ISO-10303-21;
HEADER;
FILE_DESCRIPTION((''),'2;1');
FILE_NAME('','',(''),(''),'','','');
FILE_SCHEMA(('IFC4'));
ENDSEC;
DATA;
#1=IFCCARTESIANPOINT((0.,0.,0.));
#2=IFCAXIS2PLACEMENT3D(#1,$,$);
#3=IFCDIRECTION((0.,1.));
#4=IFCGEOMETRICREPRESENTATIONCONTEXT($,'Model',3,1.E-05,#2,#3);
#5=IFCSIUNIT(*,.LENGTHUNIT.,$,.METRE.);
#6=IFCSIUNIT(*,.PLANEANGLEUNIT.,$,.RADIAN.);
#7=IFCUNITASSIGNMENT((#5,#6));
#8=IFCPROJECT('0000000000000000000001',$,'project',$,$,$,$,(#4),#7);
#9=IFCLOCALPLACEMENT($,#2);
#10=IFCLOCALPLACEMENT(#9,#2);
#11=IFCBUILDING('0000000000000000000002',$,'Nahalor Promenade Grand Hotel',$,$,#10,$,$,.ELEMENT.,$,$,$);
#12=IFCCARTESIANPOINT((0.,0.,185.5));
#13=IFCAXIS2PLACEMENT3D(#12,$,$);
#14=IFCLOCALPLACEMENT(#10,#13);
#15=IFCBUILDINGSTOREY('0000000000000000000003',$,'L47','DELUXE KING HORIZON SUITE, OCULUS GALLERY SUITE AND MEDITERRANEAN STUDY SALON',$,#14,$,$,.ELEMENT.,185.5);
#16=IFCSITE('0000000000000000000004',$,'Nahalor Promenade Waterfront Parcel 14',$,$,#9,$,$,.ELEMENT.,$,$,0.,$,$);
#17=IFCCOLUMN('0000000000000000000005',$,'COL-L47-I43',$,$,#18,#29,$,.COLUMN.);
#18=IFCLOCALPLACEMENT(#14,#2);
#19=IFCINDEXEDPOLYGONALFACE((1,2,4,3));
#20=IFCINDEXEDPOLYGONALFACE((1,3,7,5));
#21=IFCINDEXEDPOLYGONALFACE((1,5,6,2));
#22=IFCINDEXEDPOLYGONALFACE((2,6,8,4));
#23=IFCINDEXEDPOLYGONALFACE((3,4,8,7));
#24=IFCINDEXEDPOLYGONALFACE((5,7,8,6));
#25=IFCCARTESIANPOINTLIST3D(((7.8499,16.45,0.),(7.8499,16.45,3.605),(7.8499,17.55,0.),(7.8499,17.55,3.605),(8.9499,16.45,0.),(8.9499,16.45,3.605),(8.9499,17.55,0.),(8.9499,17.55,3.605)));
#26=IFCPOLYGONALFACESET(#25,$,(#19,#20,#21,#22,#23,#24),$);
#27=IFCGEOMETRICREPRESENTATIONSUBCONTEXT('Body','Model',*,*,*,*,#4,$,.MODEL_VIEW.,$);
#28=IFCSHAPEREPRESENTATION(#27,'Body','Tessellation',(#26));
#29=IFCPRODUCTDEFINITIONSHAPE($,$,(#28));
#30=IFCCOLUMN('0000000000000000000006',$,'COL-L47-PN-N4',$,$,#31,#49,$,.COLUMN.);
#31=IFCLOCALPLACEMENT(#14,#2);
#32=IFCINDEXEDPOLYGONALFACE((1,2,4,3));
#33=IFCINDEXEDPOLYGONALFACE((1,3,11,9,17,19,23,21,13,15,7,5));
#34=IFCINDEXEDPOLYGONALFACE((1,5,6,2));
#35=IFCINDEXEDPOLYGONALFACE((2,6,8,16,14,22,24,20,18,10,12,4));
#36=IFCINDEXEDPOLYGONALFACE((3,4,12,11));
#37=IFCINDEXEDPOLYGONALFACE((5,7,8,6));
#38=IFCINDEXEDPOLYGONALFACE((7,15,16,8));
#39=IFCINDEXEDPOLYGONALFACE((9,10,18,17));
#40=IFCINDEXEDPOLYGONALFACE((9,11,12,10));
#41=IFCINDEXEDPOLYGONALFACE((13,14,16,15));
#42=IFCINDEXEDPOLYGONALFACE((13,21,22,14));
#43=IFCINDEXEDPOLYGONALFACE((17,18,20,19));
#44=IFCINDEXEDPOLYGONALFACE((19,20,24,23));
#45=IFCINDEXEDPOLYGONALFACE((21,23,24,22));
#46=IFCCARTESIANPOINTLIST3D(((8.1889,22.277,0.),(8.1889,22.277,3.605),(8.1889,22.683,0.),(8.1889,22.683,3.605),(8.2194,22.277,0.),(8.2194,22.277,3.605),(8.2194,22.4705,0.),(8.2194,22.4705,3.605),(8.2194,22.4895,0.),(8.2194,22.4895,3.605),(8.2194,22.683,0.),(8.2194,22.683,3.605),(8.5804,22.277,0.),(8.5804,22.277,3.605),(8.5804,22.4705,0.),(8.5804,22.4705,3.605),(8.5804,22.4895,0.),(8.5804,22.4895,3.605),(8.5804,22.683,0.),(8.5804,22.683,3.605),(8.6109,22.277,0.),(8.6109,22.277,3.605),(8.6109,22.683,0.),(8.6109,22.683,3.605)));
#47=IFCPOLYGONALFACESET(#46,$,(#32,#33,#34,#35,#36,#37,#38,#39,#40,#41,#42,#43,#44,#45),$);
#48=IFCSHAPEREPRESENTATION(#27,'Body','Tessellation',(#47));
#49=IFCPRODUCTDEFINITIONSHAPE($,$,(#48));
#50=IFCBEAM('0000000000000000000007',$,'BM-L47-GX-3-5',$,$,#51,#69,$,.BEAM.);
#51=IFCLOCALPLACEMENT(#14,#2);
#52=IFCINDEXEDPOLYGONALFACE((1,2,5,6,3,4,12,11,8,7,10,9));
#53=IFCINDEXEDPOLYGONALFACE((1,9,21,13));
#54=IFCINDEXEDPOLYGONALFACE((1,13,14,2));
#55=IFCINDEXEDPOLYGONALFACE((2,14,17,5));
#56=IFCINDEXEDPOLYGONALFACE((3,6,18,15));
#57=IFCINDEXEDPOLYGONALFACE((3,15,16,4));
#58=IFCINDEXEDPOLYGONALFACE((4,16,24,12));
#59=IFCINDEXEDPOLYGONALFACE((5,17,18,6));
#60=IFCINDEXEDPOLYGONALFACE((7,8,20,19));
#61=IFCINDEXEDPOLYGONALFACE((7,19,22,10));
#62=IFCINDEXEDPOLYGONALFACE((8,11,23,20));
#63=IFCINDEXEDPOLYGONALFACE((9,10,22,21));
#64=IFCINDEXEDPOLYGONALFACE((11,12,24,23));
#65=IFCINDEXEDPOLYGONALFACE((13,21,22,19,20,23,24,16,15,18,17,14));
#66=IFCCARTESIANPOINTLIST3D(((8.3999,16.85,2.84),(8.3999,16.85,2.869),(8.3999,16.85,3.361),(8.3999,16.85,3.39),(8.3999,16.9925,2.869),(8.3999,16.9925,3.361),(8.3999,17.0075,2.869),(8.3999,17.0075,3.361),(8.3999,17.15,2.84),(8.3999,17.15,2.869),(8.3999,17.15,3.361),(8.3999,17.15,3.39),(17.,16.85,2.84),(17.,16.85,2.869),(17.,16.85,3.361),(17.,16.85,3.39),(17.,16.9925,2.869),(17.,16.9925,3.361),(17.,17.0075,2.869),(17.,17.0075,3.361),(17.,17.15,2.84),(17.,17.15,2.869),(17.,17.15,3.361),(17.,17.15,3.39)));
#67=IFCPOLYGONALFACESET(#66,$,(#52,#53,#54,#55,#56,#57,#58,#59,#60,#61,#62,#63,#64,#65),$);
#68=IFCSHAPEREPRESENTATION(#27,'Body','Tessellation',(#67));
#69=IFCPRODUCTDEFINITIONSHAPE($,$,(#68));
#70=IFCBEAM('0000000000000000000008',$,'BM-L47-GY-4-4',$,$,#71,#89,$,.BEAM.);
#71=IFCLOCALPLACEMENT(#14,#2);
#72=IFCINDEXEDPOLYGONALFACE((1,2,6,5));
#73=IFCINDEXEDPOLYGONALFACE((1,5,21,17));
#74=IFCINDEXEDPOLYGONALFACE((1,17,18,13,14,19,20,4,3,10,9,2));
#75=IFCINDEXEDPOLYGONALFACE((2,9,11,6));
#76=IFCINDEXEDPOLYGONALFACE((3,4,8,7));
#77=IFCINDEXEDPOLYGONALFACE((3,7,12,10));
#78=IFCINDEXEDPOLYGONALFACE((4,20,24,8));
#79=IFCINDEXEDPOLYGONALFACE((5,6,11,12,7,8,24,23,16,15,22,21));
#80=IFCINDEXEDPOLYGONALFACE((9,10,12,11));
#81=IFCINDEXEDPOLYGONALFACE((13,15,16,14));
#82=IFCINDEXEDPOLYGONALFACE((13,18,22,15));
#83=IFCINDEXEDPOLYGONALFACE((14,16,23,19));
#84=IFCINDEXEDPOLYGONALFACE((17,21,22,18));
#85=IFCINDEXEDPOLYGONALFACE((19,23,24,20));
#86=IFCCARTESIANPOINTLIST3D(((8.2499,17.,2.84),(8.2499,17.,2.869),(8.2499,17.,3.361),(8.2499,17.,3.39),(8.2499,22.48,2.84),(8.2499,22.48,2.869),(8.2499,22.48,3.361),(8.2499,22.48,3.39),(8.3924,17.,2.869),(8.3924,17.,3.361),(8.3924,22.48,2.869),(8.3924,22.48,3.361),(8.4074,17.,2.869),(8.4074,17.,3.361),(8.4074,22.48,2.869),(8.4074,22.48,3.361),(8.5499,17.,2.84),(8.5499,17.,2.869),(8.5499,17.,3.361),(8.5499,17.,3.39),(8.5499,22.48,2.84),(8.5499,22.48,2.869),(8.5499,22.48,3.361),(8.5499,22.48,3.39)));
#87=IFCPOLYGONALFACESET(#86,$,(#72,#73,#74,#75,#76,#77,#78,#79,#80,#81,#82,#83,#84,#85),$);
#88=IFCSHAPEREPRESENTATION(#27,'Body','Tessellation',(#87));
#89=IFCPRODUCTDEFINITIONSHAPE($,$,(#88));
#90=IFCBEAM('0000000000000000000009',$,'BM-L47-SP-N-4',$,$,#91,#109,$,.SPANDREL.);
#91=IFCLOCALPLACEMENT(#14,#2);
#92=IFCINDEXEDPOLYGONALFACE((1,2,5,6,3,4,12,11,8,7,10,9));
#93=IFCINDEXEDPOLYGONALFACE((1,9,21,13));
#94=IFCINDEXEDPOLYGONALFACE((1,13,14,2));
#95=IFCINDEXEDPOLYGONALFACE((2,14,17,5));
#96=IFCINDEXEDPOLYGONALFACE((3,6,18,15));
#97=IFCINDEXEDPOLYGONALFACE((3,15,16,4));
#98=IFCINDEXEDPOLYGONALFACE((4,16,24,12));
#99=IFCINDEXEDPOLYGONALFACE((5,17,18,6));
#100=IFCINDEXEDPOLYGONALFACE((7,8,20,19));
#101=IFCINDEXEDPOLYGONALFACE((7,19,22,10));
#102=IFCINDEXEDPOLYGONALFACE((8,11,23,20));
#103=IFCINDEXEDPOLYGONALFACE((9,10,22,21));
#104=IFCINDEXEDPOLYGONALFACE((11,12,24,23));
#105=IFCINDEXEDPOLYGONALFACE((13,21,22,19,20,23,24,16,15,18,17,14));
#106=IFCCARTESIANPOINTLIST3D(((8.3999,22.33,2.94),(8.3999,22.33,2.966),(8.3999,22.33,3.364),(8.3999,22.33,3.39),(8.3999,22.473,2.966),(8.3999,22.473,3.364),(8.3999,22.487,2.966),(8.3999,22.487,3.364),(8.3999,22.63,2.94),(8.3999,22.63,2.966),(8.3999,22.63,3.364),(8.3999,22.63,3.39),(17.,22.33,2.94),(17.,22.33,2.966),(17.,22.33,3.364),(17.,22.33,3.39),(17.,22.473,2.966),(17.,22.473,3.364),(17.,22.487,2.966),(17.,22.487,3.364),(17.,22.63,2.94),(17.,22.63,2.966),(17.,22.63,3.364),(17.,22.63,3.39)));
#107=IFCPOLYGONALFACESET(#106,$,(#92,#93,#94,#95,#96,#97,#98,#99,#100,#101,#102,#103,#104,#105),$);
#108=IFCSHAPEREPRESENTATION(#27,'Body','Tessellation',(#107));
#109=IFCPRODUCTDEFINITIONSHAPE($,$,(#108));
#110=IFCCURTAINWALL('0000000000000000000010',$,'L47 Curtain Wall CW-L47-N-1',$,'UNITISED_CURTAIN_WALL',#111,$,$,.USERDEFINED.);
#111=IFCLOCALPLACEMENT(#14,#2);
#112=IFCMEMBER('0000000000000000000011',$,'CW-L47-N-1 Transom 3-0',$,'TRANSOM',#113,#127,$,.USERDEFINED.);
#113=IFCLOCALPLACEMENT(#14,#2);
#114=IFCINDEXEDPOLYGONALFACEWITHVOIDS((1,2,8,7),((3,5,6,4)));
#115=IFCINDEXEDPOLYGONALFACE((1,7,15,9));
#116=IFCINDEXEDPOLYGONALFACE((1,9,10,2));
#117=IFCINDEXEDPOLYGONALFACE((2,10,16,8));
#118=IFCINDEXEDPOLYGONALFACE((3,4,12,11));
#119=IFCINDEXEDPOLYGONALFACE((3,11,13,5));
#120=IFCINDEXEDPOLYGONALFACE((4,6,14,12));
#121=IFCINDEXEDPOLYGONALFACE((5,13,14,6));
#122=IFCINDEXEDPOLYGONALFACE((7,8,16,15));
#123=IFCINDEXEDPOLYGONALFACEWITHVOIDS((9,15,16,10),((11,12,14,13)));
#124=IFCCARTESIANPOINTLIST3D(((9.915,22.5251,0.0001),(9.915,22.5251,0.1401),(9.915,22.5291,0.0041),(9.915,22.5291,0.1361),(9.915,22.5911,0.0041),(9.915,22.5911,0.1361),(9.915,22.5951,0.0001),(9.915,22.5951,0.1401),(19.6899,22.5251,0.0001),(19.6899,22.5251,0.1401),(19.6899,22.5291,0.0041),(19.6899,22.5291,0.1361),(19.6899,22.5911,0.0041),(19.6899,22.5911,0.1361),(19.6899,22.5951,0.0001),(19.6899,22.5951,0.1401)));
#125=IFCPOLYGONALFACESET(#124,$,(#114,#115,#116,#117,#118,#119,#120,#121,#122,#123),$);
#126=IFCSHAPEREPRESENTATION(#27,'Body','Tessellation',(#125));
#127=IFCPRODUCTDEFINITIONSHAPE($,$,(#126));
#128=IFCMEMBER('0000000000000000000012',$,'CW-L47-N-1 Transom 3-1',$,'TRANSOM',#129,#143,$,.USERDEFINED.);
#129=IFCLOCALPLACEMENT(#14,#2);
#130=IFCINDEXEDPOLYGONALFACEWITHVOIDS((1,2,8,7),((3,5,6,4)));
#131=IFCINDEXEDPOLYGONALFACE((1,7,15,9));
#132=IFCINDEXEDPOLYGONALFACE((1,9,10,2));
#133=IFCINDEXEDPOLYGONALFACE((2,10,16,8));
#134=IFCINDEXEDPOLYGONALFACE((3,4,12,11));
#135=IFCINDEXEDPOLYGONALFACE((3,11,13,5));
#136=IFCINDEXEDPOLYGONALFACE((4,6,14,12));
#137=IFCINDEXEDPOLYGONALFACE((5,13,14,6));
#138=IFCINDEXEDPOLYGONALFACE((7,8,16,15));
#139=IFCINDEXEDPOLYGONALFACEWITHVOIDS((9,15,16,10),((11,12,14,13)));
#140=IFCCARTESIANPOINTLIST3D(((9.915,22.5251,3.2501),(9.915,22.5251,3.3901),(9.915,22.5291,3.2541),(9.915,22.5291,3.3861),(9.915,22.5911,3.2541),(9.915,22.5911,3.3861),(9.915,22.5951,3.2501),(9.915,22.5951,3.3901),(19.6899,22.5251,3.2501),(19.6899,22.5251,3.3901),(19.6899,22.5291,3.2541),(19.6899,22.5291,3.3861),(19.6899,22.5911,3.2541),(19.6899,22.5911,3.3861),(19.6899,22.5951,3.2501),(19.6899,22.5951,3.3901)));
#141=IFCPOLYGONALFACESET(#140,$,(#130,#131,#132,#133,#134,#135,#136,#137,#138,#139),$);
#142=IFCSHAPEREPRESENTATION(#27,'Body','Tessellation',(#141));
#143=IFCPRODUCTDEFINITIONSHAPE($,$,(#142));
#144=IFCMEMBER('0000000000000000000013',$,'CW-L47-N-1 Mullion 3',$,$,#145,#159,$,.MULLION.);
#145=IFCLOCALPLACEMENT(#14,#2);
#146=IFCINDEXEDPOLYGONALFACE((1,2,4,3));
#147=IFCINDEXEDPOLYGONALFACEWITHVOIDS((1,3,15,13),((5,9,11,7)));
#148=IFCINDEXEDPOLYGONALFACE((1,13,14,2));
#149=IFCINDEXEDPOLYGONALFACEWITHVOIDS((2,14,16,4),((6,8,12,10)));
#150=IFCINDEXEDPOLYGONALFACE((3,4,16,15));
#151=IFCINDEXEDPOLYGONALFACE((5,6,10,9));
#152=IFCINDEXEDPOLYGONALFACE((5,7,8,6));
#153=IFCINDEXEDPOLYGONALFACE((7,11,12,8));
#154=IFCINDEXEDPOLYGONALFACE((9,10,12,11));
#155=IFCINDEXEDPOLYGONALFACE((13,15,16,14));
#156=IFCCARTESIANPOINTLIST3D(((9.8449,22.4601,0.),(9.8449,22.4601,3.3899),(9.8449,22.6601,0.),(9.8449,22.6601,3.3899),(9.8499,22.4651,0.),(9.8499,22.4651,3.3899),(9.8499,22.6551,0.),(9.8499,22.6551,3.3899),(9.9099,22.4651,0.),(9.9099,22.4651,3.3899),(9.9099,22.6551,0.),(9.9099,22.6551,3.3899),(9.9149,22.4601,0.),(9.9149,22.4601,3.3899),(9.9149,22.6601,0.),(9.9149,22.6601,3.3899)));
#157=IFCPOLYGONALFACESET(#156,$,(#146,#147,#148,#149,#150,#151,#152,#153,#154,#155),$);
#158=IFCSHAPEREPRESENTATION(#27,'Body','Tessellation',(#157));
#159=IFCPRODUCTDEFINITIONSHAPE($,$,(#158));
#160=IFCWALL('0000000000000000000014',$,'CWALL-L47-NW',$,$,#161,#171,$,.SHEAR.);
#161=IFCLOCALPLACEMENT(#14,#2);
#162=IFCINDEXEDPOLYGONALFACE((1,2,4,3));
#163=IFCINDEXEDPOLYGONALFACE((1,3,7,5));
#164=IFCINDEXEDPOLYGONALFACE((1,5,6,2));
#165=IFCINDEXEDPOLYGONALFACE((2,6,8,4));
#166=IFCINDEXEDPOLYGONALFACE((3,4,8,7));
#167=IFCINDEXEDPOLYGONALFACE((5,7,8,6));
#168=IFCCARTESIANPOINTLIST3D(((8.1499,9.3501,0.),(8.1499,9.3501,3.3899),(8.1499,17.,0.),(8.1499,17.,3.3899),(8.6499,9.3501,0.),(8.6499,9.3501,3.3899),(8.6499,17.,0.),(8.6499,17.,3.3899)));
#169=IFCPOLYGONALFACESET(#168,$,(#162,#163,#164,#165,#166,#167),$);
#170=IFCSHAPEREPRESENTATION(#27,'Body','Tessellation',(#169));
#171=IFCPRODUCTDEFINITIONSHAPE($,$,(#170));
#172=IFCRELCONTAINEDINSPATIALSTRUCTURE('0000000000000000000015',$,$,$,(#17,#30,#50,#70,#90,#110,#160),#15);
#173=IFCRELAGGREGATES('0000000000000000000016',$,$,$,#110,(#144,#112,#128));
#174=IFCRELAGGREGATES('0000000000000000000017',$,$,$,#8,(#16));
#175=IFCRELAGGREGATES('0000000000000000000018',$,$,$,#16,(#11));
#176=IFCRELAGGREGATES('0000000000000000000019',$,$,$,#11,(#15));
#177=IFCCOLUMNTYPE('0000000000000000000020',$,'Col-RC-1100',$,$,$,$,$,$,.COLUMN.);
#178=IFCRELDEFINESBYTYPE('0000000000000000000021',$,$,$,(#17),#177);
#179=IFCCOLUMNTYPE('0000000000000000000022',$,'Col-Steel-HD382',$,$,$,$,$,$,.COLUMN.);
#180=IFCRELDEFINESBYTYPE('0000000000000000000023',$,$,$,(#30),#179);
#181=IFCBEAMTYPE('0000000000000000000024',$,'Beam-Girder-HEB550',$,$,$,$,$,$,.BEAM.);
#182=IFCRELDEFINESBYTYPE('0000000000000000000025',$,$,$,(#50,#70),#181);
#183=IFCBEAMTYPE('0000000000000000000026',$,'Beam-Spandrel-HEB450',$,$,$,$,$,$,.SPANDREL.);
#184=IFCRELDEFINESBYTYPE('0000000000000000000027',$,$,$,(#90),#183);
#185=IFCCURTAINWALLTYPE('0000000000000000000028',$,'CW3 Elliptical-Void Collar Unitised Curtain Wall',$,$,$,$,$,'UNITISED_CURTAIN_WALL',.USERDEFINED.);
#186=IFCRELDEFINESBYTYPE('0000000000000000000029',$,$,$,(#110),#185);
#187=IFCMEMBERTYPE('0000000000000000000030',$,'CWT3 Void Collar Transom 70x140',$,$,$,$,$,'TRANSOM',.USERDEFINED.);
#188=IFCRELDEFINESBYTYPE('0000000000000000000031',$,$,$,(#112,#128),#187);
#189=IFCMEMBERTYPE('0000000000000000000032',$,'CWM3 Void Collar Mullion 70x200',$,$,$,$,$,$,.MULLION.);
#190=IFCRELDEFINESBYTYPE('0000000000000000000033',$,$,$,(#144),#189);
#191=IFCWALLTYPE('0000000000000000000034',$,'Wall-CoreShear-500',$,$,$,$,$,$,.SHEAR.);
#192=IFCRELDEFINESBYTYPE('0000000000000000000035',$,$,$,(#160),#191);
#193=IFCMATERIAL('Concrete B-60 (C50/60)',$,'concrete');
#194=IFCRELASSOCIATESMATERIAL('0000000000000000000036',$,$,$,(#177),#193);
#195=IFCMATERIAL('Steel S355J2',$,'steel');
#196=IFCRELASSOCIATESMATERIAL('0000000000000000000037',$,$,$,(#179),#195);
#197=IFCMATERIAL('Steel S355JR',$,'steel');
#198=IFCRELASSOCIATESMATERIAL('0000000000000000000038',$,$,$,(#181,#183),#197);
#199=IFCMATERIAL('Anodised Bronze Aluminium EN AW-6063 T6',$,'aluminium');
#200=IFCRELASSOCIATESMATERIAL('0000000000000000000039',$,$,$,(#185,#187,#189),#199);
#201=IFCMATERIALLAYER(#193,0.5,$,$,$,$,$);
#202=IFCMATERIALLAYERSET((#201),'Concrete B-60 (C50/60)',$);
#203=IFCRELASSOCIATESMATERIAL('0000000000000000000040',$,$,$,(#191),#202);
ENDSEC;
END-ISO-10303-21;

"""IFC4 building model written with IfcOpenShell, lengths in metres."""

from ifc_helpers import new_model, si_unit, direction, frame, frame_2d, origin, origin_2d, place, context, subcontext, project, spatial, rectangle, hollow_rectangle, i_section, extrude, source, transform, mapped, material, layer, layer_set, material_profile, profile_set, type_object, element, aggregate, save


model = new_model("IFC4")

# Units and contexts
model_context = context("Model", 3, precision=1e-05, world=origin(), true_north=direction((0.0, 1.0)))
body_context = subcontext(model_context, "Body", "Model", "MODEL_VIEW")
ifc_project = project(units=[si_unit("LENGTHUNIT", "METRE"), si_unit("PLANEANGLEUNIT", "RADIAN")], contexts=[model_context])

# Site, building, storey
site_placement = place(None, origin())
site = spatial("IfcSite", under=ifc_project, at=site_placement, Name="Nahalor Promenade Waterfront Parcel 14", CompositionType="ELEMENT", RefElevation=0.0)
building_placement = place(site_placement, origin())
building = spatial("IfcBuilding", under=site, at=building_placement, Name="Nahalor Promenade Grand Hotel", CompositionType="ELEMENT")
storey_placement = place(building_placement, frame((0.0, 0.0, 185.5)))
storey = spatial("IfcBuildingStorey", under=building, at=storey_placement, Name="L47", Description="DELUXE KING HORIZON SUITE, OCULUS GALLERY SUITE AND MEDITERRANEAN STUDY SALON", CompositionType="ELEMENT", Elevation=185.5)

# Columns
ifc_material_1 = material(Name="Concrete B-60 (C50/60)", Category="concrete")
ifc_material_profile_1 = material_profile(ifc_material_1, rectangle(XDim=1.1, YDim=1.1, at=origin_2d()), Name="RC 1100x1100")
ifc_profile_set_1 = profile_set([ifc_material_profile_1], Name="Concrete B-60 (C50/60)")
column_type_1 = type_object("IfcColumnType", Name="Col-RC-1100", PredefinedType="COLUMN", material=ifc_profile_set_1)
shared_shape_1 = source(origin(), body_context, "Body", "SweptSolid", [
    extrude(rectangle(XDim=1.1, YDim=1.1, at=origin_2d()), origin(), (0.0, 0.0, 1.0), 3.605),
])
column_1_placement = place(storey_placement, frame((8.3999, 17.0, 0.0), z_axis=(0.0, 0.0, 1.0), x_axis=(1.0, 0.0, 0.0)))
element("IfcColumn", 1, at=column_1_placement, inside=storey, type_object=column_type_1, Name="COL-L47-I43", PredefinedType="COLUMN", context=body_context, shape_type="MappedRepresentation", body=[
    mapped(shared_shape_1, transform((0.0, 0.0, 0.0), scale=1.0)),
])
ifc_material_2 = material(Name="Steel S355J2", Category="steel")
ifc_material_profile_2 = material_profile(ifc_material_2, i_section(OverallWidth=0.406, OverallDepth=0.422, WebThickness=0.019, FlangeThickness=0.0305, at=origin_2d()), Name="HD 400x382")
ifc_profile_set_2 = profile_set([ifc_material_profile_2], Name="Steel S355J2")
column_type_2 = type_object("IfcColumnType", Name="Col-Steel-HD382", PredefinedType="COLUMN", material=ifc_profile_set_2)
shared_shape_2 = source(origin(), body_context, "Body", "SweptSolid", [
    extrude(i_section(OverallWidth=0.406, OverallDepth=0.422, WebThickness=0.019, FlangeThickness=0.0305, at=origin_2d()), origin(), (0.0, 0.0, 1.0), 3.605),
])
column_2_placement = place(storey_placement, frame((8.3999, 22.48, 0.0), z_axis=(0.0, 0.0, 1.0), x_axis=(0.0, 1.0, 0.0)))
element("IfcColumn", 2, at=column_2_placement, inside=storey, type_object=column_type_2, Name="COL-L47-PN-N4", PredefinedType="COLUMN", context=body_context, shape_type="MappedRepresentation", body=[
    mapped(shared_shape_2, transform((0.0, 0.0, 0.0), scale=1.0)),
])

# Beams
ifc_material_3 = material(Name="Steel S355JR", Category="steel")
ifc_material_profile_3 = material_profile(ifc_material_3, i_section(OverallWidth=0.3, OverallDepth=0.55, WebThickness=0.015, FlangeThickness=0.029, at=origin_2d()), Name="HEB 550")
ifc_profile_set_3 = profile_set([ifc_material_profile_3], Name="Steel S355JR")
beam_type_1 = type_object("IfcBeamType", Name="Beam-Girder-HEB550", PredefinedType="BEAM", material=ifc_profile_set_3)
shared_shape_3 = source(origin(), body_context, "Body", "SweptSolid", [
    extrude(i_section(OverallWidth=0.3, OverallDepth=0.55, WebThickness=0.015, FlangeThickness=0.029, at=origin_2d()), origin(), (0.0, 0.0, 1.0), 8.6001),
])
beam_1_placement = place(storey_placement, frame((8.3999, 17.0, 3.115), z_axis=(1.0, 0.0, 0.0), x_axis=(0.0, 1.0, 0.0)))
element("IfcBeam", 3, at=beam_1_placement, inside=storey, type_object=beam_type_1, Name="BM-L47-GX-3-5", PredefinedType="BEAM", context=body_context, shape_type="MappedRepresentation", body=[
    mapped(shared_shape_3, transform((0.0, 0.0, 0.0), scale=1.0)),
])
shared_shape_4 = source(origin(), body_context, "Body", "SweptSolid", [
    extrude(i_section(OverallWidth=0.3, OverallDepth=0.55, WebThickness=0.015, FlangeThickness=0.029, at=origin_2d()), origin(), (0.0, 0.0, 1.0), 5.48),
])
beam_2_placement = place(storey_placement, frame((8.3999, 17.0, 3.115), z_axis=(0.0, 1.0, 0.0), x_axis=(-1.0, 0.0, 0.0)))
element("IfcBeam", 4, at=beam_2_placement, inside=storey, type_object=beam_type_1, Name="BM-L47-GY-4-4", PredefinedType="BEAM", context=body_context, shape_type="MappedRepresentation", body=[
    mapped(shared_shape_4, transform((0.0, 0.0, 0.0), scale=1.0)),
])
ifc_material_profile_4 = material_profile(ifc_material_3, i_section(OverallWidth=0.3, OverallDepth=0.45, WebThickness=0.014, FlangeThickness=0.026, at=origin_2d()), Name="HEB 450")
ifc_profile_set_4 = profile_set([ifc_material_profile_4], Name="Steel S355JR")
beam_type_2 = type_object("IfcBeamType", Name="Beam-Spandrel-HEB450", PredefinedType="SPANDREL", material=ifc_profile_set_4)
shared_shape_5 = source(origin(), body_context, "Body", "SweptSolid", [
    extrude(i_section(OverallWidth=0.3, OverallDepth=0.45, WebThickness=0.014, FlangeThickness=0.026, at=origin_2d()), origin(), (0.0, 0.0, 1.0), 8.6001),
])
beam_3_placement = place(storey_placement, frame((8.3999, 22.48, 3.165), z_axis=(1.0, 0.0, 0.0), x_axis=(0.0, 1.0, 0.0)))
element("IfcBeam", 5, at=beam_3_placement, inside=storey, type_object=beam_type_2, Name="BM-L47-SP-N-4", PredefinedType="SPANDREL", context=body_context, shape_type="MappedRepresentation", body=[
    mapped(shared_shape_5, transform((0.0, 0.0, 0.0), scale=1.0)),
])

# Curtain wall, members
ifc_material_4 = material(Name="Anodised Bronze Aluminium EN AW-6063 T6", Category="aluminium")
curtain_wall_type = type_object("IfcCurtainWallType", Name="CW3 Elliptical-Void Collar Unitised Curtain Wall", ElementType="UNITISED_CURTAIN_WALL", PredefinedType="USERDEFINED", material=ifc_material_4)
curtain_wall_placement = place(storey_placement, origin())
curtain_wall = element("IfcCurtainWall", 6, at=curtain_wall_placement, inside=storey, type_object=curtain_wall_type, Name="L47 Curtain Wall CW-L47-N-1", ObjectType="UNITISED_CURTAIN_WALL", PredefinedType="USERDEFINED")
ifc_material_profile_5 = material_profile(ifc_material_4, hollow_rectangle(XDim=0.07, YDim=0.14, WallThickness=0.004, at=origin_2d()), Name="CWT 70x140x4")
ifc_profile_set_5 = profile_set([ifc_material_profile_5], Name="Anodised Bronze Aluminium EN AW-6063 T6")
member_type_1 = type_object("IfcMemberType", Name="CWT3 Void Collar Transom 70x140", ElementType="TRANSOM", PredefinedType="USERDEFINED", material=ifc_profile_set_5)
shared_shape_6 = source(origin(), body_context, "Body", "SweptSolid", [
    extrude(hollow_rectangle(XDim=0.07, YDim=0.14, WallThickness=0.004, at=origin_2d()), origin(), (0.0, 0.0, 1.0), 9.7749),
])
member_1_placement = place(storey_placement, frame((9.915, 22.5601, 0.0701), z_axis=(1.0, 0.0, 0.0), x_axis=(0.0, 1.0, 0.0)))
member_1 = element("IfcMember", 7, at=member_1_placement, type_object=member_type_1, Name="CW-L47-N-1 Transom 3-0", ObjectType="TRANSOM", PredefinedType="USERDEFINED", context=body_context, shape_type="MappedRepresentation", body=[
    mapped(shared_shape_6, transform((0.0, 0.0, 0.0), scale=1.0)),
])
member_2_placement = place(storey_placement, frame((9.915, 22.5601, 3.3201), z_axis=(1.0, 0.0, 0.0), x_axis=(0.0, 1.0, 0.0)))
member_2 = element("IfcMember", 8, at=member_2_placement, type_object=member_type_1, Name="CW-L47-N-1 Transom 3-1", ObjectType="TRANSOM", PredefinedType="USERDEFINED", context=body_context, shape_type="MappedRepresentation", body=[
    mapped(shared_shape_6, transform((0.0, 0.0, 0.0), scale=1.0)),
])
ifc_material_profile_6 = material_profile(ifc_material_4, hollow_rectangle(XDim=0.07, YDim=0.2, WallThickness=0.005, at=origin_2d()), Name="CWM 70x200x5")
ifc_profile_set_6 = profile_set([ifc_material_profile_6], Name="Anodised Bronze Aluminium EN AW-6063 T6")
member_type_2 = type_object("IfcMemberType", Name="CWM3 Void Collar Mullion 70x200", PredefinedType="MULLION", material=ifc_profile_set_6)
shared_shape_7 = source(origin(), body_context, "Body", "SweptSolid", [
    extrude(hollow_rectangle(XDim=0.07, YDim=0.2, WallThickness=0.005, at=origin_2d()), origin(), (0.0, 0.0, 1.0), 3.3899),
])
member_3_placement = place(storey_placement, frame((9.8799, 22.5601, 0.0), z_axis=(0.0, 0.0, 1.0), x_axis=(1.0, 0.0, 0.0)))
member_3 = element("IfcMember", 9, at=member_3_placement, type_object=member_type_2, Name="CW-L47-N-1 Mullion 3", PredefinedType="MULLION", context=body_context, shape_type="MappedRepresentation", body=[
    mapped(shared_shape_7, transform((0.0, 0.0, 0.0), scale=1.0)),
])
aggregate(curtain_wall, [member_3, member_1, member_2])

# Wall
ifc_layer_1 = layer(ifc_material_1, 0.5)
ifc_layer_set_1 = layer_set([ifc_layer_1], Name="Concrete B-60 (C50/60)")
wall_type_1 = type_object("IfcWallType", Name="Wall-CoreShear-500", PredefinedType="SHEAR", material=ifc_layer_set_1)
shared_shape_8 = source(origin(), body_context, "Body", "SweptSolid", [
    extrude(rectangle(XDim=7.6499, YDim=0.5, at=frame_2d((3.825, 0.0))), origin(), (0.0, 0.0, 1.0), 3.3899),
])
wall_1_placement = place(storey_placement, frame((8.3999, 9.3501, 0.0), z_axis=(0.0, 0.0, 1.0), x_axis=(0.0, 1.0, 0.0)))
element("IfcWall", 10, at=wall_1_placement, inside=storey, type_object=wall_type_1, Name="CWALL-L47-NW", PredefinedType="SHEAR", context=body_context, shape_type="MappedRepresentation", body=[
    mapped(shared_shape_8, transform((0.0, 0.0, 0.0), scale=1.0)),
])

save(model, "model.ifc")
